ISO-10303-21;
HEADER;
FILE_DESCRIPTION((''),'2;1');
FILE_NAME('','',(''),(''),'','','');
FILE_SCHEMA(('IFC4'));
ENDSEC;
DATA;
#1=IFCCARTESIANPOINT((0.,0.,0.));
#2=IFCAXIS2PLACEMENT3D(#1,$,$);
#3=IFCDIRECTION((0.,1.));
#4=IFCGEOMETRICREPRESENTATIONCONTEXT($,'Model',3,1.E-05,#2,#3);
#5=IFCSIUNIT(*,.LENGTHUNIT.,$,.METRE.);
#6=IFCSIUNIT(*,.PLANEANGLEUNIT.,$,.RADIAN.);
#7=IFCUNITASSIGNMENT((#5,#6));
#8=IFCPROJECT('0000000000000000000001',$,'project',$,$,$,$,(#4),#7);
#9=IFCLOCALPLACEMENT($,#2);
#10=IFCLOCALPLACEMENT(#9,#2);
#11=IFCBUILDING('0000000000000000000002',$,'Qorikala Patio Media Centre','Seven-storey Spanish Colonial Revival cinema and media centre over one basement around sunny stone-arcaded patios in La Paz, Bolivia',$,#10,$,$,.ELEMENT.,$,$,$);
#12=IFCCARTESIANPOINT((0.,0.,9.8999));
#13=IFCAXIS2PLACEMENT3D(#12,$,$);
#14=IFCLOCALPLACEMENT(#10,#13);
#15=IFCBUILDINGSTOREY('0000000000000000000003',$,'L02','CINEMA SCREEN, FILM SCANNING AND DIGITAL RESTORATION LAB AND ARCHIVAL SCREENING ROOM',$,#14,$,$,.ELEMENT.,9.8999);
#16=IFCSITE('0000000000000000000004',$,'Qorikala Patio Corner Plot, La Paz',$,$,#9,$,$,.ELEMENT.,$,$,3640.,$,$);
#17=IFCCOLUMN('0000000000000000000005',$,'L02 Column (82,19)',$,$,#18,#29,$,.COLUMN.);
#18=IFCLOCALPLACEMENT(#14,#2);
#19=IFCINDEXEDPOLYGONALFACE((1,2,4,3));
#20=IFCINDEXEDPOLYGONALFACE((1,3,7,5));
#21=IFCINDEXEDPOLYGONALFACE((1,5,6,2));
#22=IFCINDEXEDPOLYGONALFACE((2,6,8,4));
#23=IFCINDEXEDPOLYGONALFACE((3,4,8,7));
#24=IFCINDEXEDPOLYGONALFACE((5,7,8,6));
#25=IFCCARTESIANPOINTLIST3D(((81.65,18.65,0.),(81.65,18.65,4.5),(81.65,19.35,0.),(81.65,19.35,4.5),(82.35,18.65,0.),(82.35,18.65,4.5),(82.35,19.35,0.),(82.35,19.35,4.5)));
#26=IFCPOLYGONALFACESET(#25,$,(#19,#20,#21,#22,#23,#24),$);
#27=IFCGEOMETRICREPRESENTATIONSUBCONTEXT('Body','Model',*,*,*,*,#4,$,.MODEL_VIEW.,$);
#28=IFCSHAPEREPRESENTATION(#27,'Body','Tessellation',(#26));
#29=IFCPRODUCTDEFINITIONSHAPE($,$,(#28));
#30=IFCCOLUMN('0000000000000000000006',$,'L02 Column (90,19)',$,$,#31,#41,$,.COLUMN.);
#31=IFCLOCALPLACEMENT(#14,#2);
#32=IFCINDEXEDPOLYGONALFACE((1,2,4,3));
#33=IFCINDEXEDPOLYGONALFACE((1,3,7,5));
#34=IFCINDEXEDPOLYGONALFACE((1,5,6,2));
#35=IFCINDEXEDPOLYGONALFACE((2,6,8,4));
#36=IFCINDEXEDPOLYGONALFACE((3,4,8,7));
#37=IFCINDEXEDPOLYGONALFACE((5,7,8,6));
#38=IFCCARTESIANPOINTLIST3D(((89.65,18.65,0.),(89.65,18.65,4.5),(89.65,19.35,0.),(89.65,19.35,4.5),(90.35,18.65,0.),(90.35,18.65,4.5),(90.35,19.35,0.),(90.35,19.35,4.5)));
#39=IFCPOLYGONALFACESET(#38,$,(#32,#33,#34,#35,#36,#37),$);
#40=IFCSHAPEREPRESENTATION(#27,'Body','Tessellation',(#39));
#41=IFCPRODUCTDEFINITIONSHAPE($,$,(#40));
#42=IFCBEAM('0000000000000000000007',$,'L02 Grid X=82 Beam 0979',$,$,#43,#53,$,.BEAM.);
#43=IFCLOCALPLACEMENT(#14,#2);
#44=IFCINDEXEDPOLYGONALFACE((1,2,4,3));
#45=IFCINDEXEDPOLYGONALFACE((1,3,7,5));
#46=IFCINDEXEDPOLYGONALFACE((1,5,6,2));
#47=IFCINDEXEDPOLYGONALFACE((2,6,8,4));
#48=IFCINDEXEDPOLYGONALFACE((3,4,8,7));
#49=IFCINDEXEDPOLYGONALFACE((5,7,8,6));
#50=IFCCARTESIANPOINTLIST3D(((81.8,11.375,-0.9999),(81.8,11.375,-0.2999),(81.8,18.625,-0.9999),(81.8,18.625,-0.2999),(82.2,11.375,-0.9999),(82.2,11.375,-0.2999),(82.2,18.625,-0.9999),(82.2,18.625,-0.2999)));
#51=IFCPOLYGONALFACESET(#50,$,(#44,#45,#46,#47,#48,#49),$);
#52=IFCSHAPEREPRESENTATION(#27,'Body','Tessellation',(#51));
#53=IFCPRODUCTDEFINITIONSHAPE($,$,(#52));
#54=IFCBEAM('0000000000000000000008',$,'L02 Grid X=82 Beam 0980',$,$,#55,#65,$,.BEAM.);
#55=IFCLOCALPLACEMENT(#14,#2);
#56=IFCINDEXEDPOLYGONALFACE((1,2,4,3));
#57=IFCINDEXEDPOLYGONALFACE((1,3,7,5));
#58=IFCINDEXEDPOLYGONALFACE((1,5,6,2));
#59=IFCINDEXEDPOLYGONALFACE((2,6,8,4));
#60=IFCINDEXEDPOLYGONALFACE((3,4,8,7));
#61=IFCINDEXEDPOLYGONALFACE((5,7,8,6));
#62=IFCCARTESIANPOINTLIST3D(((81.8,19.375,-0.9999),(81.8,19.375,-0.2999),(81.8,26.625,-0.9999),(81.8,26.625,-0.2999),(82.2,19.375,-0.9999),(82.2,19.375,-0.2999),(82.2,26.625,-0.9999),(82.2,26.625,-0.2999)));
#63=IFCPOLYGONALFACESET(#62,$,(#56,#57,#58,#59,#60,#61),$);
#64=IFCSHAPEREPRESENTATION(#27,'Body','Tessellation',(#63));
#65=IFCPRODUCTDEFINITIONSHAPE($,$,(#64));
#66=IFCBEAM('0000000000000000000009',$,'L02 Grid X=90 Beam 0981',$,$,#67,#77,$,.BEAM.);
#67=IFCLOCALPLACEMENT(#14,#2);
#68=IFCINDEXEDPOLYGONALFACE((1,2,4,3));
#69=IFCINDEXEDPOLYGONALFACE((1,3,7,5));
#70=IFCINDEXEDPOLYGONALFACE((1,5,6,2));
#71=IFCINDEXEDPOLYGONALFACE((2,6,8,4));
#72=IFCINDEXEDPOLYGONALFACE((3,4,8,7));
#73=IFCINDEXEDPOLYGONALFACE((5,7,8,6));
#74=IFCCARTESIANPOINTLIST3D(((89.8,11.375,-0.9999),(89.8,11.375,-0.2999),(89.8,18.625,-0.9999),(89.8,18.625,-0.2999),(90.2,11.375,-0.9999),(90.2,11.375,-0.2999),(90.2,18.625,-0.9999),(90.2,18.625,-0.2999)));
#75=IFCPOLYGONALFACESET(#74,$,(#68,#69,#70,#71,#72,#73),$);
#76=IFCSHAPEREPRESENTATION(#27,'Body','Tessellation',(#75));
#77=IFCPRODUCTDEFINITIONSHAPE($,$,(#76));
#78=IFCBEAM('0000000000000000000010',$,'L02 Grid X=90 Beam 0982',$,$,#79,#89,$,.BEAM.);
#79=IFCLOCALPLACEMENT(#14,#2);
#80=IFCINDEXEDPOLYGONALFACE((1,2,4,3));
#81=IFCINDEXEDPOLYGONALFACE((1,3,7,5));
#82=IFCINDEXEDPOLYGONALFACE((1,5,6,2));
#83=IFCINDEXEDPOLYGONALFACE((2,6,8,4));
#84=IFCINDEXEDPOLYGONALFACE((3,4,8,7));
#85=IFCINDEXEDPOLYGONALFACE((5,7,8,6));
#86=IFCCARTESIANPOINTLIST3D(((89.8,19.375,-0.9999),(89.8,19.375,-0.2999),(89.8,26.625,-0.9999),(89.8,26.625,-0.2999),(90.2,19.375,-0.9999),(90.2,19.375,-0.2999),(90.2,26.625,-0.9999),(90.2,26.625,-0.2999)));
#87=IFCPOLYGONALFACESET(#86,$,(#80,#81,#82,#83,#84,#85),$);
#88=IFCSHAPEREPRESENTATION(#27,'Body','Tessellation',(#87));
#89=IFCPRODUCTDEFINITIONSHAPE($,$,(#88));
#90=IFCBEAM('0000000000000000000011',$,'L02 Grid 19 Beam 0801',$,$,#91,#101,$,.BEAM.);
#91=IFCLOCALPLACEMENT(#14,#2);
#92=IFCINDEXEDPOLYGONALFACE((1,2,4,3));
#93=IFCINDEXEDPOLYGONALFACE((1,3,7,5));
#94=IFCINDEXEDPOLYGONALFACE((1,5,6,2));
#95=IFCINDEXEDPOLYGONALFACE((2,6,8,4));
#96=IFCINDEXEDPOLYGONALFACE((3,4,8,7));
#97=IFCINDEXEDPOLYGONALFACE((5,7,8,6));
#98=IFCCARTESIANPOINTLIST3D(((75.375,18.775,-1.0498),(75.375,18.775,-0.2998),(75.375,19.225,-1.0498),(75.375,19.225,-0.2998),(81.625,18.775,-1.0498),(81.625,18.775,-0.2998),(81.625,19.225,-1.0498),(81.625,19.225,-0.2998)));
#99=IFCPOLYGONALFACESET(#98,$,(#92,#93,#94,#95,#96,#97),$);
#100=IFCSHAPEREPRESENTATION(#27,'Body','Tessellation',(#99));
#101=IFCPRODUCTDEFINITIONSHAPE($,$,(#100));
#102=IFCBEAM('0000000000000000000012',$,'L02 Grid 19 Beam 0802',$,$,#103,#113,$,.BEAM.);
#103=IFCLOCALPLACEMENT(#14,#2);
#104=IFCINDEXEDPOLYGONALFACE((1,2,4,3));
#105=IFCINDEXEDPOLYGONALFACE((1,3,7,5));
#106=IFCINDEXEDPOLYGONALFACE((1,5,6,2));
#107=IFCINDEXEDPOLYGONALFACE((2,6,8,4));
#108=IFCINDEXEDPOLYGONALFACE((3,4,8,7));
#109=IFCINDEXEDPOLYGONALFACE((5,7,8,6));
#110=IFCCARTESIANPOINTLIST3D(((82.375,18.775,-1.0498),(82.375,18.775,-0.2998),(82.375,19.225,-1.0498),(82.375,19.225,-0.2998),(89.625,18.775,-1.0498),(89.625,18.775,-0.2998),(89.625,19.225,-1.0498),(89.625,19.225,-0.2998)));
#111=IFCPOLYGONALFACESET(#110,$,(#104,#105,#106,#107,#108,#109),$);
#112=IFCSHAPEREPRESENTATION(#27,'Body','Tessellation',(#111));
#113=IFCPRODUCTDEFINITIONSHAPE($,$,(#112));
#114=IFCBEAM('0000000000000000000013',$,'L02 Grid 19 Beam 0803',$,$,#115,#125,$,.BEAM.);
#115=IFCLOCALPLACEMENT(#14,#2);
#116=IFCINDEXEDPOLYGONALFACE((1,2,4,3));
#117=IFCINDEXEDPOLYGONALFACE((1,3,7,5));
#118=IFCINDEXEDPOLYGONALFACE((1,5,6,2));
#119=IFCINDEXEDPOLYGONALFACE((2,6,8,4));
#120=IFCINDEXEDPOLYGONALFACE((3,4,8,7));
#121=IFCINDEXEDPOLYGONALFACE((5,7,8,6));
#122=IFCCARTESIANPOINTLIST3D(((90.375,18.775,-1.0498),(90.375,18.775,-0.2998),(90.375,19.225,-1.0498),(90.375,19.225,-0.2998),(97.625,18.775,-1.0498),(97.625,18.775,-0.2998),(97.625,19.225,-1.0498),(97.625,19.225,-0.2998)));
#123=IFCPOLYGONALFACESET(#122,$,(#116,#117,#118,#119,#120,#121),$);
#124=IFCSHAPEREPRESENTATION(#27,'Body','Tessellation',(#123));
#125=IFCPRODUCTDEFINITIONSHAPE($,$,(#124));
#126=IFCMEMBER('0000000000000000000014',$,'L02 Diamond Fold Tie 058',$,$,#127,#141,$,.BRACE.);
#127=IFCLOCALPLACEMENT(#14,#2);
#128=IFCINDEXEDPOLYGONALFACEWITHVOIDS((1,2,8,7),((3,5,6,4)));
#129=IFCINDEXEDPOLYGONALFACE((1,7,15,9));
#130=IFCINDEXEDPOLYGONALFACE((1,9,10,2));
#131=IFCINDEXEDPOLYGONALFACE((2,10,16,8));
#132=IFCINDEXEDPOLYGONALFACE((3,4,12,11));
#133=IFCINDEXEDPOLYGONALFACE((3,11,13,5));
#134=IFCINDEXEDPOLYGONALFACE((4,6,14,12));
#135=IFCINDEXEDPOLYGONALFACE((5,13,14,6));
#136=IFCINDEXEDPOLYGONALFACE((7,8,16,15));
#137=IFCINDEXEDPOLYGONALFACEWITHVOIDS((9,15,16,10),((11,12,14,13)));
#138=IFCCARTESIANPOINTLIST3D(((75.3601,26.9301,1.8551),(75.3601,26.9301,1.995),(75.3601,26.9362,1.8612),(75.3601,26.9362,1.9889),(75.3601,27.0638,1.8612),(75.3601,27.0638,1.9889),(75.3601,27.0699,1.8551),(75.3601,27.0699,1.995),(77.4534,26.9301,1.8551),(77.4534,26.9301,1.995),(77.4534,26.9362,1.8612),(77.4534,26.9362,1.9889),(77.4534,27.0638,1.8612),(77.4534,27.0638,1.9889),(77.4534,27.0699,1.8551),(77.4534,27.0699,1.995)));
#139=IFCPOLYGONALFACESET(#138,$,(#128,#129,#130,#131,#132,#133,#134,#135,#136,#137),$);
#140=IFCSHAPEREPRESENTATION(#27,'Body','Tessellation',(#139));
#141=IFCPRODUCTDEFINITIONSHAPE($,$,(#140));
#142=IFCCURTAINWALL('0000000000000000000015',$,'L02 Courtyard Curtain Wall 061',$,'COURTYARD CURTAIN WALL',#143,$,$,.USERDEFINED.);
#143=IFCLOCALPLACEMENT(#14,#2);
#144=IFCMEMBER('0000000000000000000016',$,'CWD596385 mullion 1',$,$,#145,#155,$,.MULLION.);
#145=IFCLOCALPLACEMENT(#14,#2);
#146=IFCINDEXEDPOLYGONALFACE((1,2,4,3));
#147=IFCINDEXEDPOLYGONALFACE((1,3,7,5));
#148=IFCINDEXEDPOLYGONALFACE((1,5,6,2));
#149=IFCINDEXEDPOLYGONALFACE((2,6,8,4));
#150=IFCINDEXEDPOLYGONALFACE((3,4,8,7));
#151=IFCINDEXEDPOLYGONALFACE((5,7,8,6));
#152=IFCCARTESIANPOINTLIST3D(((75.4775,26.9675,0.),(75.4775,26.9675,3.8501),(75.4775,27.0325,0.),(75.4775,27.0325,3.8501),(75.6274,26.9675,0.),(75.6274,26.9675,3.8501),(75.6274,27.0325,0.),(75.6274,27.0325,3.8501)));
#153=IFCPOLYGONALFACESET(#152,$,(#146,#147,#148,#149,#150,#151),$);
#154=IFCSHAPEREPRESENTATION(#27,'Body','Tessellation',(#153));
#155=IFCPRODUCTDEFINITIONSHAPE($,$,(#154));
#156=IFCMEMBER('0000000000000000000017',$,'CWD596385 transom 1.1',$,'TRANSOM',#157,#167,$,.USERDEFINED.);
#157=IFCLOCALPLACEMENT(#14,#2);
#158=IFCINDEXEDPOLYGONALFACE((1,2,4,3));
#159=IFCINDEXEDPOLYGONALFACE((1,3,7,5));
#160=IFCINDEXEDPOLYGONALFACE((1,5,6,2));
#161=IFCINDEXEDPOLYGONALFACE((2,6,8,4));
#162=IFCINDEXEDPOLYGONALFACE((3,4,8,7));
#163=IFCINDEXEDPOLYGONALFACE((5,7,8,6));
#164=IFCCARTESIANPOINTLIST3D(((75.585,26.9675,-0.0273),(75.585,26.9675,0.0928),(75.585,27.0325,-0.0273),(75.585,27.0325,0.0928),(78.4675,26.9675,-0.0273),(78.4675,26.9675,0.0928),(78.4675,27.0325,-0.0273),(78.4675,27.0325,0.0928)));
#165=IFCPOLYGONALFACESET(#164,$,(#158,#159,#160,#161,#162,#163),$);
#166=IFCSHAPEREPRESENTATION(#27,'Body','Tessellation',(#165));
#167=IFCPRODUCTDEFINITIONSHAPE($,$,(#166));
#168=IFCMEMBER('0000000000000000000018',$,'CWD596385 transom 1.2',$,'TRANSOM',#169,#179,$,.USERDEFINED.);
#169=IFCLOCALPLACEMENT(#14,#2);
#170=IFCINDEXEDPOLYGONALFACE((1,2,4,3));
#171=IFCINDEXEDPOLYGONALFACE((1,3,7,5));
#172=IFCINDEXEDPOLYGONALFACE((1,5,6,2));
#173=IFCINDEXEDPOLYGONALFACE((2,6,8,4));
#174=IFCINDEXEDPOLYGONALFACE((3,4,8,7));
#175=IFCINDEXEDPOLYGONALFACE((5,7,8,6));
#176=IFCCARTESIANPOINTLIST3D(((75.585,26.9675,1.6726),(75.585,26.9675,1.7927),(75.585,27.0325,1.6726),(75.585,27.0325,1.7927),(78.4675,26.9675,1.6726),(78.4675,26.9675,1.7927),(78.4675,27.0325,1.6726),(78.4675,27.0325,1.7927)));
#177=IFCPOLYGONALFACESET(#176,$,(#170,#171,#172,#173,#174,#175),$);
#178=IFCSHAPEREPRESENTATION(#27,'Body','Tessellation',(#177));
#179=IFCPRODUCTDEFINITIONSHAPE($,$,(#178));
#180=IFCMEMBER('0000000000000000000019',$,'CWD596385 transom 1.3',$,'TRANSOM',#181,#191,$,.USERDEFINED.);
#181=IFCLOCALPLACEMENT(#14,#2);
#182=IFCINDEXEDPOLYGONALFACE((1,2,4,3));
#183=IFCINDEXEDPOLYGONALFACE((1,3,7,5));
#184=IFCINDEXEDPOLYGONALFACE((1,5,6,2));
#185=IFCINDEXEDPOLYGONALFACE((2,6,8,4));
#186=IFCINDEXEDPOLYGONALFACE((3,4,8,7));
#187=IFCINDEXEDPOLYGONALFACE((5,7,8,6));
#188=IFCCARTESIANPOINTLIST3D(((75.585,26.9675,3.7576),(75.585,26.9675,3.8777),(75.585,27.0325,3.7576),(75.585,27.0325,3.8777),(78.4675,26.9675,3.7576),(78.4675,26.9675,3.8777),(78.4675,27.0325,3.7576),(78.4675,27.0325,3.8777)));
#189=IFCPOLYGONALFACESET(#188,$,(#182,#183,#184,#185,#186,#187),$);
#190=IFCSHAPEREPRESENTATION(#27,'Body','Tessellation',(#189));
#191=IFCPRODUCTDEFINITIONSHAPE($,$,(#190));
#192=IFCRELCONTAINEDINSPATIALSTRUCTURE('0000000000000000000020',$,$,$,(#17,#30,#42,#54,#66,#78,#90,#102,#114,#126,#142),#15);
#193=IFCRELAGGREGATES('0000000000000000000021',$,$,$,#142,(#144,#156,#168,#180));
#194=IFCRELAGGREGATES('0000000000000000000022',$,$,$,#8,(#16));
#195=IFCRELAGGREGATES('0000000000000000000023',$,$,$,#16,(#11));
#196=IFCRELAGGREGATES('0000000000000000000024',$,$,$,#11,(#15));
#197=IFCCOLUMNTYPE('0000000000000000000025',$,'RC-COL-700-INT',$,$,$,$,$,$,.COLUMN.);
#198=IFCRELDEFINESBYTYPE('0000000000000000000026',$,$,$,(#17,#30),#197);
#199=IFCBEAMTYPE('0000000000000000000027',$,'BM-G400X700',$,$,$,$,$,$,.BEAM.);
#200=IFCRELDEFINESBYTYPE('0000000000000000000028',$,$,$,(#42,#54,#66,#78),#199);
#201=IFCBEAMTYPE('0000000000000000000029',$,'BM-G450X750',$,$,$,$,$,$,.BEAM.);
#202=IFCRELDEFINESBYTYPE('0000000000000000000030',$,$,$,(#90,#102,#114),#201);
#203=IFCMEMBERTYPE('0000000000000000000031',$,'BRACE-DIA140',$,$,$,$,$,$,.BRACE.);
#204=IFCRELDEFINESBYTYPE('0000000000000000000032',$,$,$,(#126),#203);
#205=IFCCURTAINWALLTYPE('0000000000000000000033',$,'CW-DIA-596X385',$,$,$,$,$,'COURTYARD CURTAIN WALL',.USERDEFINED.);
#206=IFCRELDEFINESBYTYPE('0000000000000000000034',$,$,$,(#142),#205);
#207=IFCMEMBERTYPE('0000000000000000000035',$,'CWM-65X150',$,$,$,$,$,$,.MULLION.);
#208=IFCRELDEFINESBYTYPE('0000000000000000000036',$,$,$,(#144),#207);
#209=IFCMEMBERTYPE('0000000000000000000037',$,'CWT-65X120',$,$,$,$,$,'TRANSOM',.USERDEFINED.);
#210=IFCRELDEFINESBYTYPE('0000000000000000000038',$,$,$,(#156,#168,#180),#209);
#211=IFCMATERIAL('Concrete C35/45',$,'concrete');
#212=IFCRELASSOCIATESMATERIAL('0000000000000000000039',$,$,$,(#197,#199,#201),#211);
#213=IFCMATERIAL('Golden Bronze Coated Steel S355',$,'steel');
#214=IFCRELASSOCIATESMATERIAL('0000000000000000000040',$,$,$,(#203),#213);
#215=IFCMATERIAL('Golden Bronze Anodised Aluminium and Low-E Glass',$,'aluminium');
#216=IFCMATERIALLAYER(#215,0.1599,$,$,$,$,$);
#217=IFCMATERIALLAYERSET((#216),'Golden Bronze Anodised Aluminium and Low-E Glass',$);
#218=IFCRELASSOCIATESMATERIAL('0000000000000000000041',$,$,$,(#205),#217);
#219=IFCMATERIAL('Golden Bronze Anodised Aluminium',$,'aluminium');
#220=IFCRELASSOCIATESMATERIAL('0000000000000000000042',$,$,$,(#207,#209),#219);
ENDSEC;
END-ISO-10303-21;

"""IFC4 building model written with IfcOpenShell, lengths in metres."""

from ifc_helpers import new_model, si_unit, direction, frame, origin, origin_2d, place, context, subcontext, project, spatial, rectangle, hollow_rectangle, extrude, material, layer, layer_set, material_profile, profile_set, type_object, element, aggregate, save


model = new_model("IFC4")

# Units and contexts
model_context = context("Model", 3, precision=1e-05, world=origin(), true_north=direction((0.0, 1.0)))
body_context = subcontext(model_context, "Body", "Model", "MODEL_VIEW")
ifc_project = project(units=[si_unit("LENGTHUNIT", "METRE"), si_unit("PLANEANGLEUNIT", "RADIAN")], contexts=[model_context])

# Site, building, storey
site_placement = place(None, origin())
site = spatial("IfcSite", under=ifc_project, at=site_placement, Name="Qorikala Patio Corner Plot, La Paz", CompositionType="ELEMENT", RefElevation=3640.0)
building_placement = place(site_placement, origin())
building = spatial("IfcBuilding", under=site, at=building_placement, Name="Qorikala Patio Media Centre", Description="Seven-storey Spanish Colonial Revival cinema and media centre over one basement around sunny stone-arcaded patios in La Paz, Bolivia", CompositionType="ELEMENT")
storey_placement = place(building_placement, frame((0.0, 0.0, 9.8999)))
storey = spatial("IfcBuildingStorey", under=building, at=storey_placement, Name="L02", Description="CINEMA SCREEN, FILM SCANNING AND DIGITAL RESTORATION LAB AND ARCHIVAL SCREENING ROOM", CompositionType="ELEMENT", Elevation=9.8999)

# Columns
ifc_material_1 = material(Name="Concrete C35/45", Category="concrete")
ifc_material_profile_1 = material_profile(ifc_material_1, rectangle(XDim=0.7, YDim=0.7, at=origin_2d()), Name="RC 700x700")
ifc_profile_set_1 = profile_set([ifc_material_profile_1], Name="Concrete C35/45")
column_type = type_object("IfcColumnType", Name="RC-COL-700-INT", PredefinedType="COLUMN", material=ifc_profile_set_1)
for number, where, z_axis, x_axis, name in (
    (1, (82.0, 19.0, 0.0), (0.0, 0.0, 1.0), (1.0, 0.0, 0.0), "L02 Column (82,19)"),
    (2, (90.0, 19.0, 0.0), (0.0, 0.0, 1.0), (1.0, 0.0, 0.0), "L02 Column (90,19)"),
):
    element("IfcColumn", number, at=place(storey_placement, frame(where, z_axis=z_axis, x_axis=x_axis)), inside=storey, type_object=column_type, Name=name, PredefinedType="COLUMN", context=body_context, shape_type="SweptSolid", body=[
        extrude(rectangle(XDim=0.7, YDim=0.7, at=origin_2d()), origin(), (0.0, 0.0, 1.0), 4.5),
    ])

# Beams
ifc_material_profile_2 = material_profile(ifc_material_1, rectangle(XDim=0.3999, YDim=0.7, at=origin_2d()), Name="RC 400x700")
ifc_profile_set_2 = profile_set([ifc_material_profile_2], Name="Concrete C35/45")
beam_type_1 = type_object("IfcBeamType", Name="BM-G400X700", PredefinedType="BEAM", material=ifc_profile_set_2)
for number, where, z_axis, x_axis, name in (
    (3, (82.0, 11.375, -0.6499), (0.0, 1.0, 0.0), (-1.0, 0.0, 0.0), "L02 Grid X=82 Beam 0979"),
    (4, (82.0, 19.375, -0.6499), (0.0, 1.0, 0.0), (-1.0, 0.0, 0.0), "L02 Grid X=82 Beam 0980"),
    (5, (90.0, 11.375, -0.6499), (0.0, 1.0, 0.0), (-1.0, 0.0, 0.0), "L02 Grid X=90 Beam 0981"),
    (6, (90.0, 19.375, -0.6499), (0.0, 1.0, 0.0), (-1.0, 0.0, 0.0), "L02 Grid X=90 Beam 0982"),
):
    element("IfcBeam", number, at=place(storey_placement, frame(where, z_axis=z_axis, x_axis=x_axis)), inside=storey, type_object=beam_type_1, Name=name, PredefinedType="BEAM", context=body_context, shape_type="SweptSolid", body=[
        extrude(rectangle(XDim=0.3999, YDim=0.7, at=origin_2d()), origin(), (0.0, 0.0, 1.0), 7.25),
    ])
ifc_material_profile_3 = material_profile(ifc_material_1, rectangle(XDim=0.45, YDim=0.75, at=origin_2d()), Name="RC 450x750")
ifc_profile_set_3 = profile_set([ifc_material_profile_3], Name="Concrete C35/45")
beam_type_2 = type_object("IfcBeamType", Name="BM-G450X750", PredefinedType="BEAM", material=ifc_profile_set_3)
beam_1_placement = place(storey_placement, frame((75.375, 19.0, -0.6748), z_axis=(1.0, 0.0, 0.0), x_axis=(0.0, 1.0, 0.0)))
element("IfcBeam", 7, at=beam_1_placement, inside=storey, type_object=beam_type_2, Name="L02 Grid 19 Beam 0801", PredefinedType="BEAM", context=body_context, shape_type="SweptSolid", body=[
    extrude(rectangle(XDim=0.45, YDim=0.75, at=origin_2d()), origin(), (0.0, 0.0, 1.0), 6.25),
])
for number, where, z_axis, x_axis, name in (
    (8, (82.375, 19.0, -0.6748), (1.0, 0.0, 0.0), (0.0, 1.0, 0.0), "L02 Grid 19 Beam 0802"),
    (9, (90.375, 19.0, -0.6748), (1.0, 0.0, 0.0), (0.0, 1.0, 0.0), "L02 Grid 19 Beam 0803"),
):
    element("IfcBeam", number, at=place(storey_placement, frame(where, z_axis=z_axis, x_axis=x_axis)), inside=storey, type_object=beam_type_2, Name=name, PredefinedType="BEAM", context=body_context, shape_type="SweptSolid", body=[
        extrude(rectangle(XDim=0.45, YDim=0.75, at=origin_2d()), origin(), (0.0, 0.0, 1.0), 7.25),
    ])

# Member
ifc_material_2 = material(Name="Golden Bronze Coated Steel S355", Category="steel")
ifc_material_profile_4 = material_profile(ifc_material_2, hollow_rectangle(XDim=0.1399, YDim=0.1399, WallThickness=0.0061, at=origin_2d()), Name="HSS140X140X6")
ifc_profile_set_4 = profile_set([ifc_material_profile_4], Name="Golden Bronze Coated Steel S355")
member_type_1 = type_object("IfcMemberType", Name="BRACE-DIA140", PredefinedType="BRACE", material=ifc_profile_set_4)
member_1_placement = place(storey_placement, frame((75.3601, 27.0, 1.925), z_axis=(1.0, 0.0, 0.0), x_axis=(0.0, 1.0, 0.0)))
element("IfcMember", 10, at=member_1_placement, inside=storey, type_object=member_type_1, Name="L02 Diamond Fold Tie 058", PredefinedType="BRACE", context=body_context, shape_type="SweptSolid", body=[
    extrude(hollow_rectangle(XDim=0.1399, YDim=0.1399, WallThickness=0.0061, at=origin_2d()), origin(), (0.0, 0.0, 1.0), 2.0933),
])

# Curtain wall, members
ifc_material_3 = material(Name="Golden Bronze Anodised Aluminium and Low-E Glass", Category="aluminium")
ifc_layer_1 = layer(ifc_material_3, 0.1599)
ifc_layer_set_1 = layer_set([ifc_layer_1], Name="Golden Bronze Anodised Aluminium and Low-E Glass")
curtain_wall_type = type_object("IfcCurtainWallType", Name="CW-DIA-596X385", ElementType="COURTYARD CURTAIN WALL", PredefinedType="USERDEFINED", material=ifc_layer_set_1)
curtain_wall_placement = place(storey_placement, origin())
curtain_wall = element("IfcCurtainWall", 11, at=curtain_wall_placement, inside=storey, type_object=curtain_wall_type, Name="L02 Courtyard Curtain Wall 061", ObjectType="COURTYARD CURTAIN WALL", PredefinedType="USERDEFINED")
ifc_material_4 = material(Name="Golden Bronze Anodised Aluminium", Category="aluminium")
ifc_material_profile_5 = material_profile(ifc_material_4, rectangle(XDim=0.0649, YDim=0.1499, at=origin_2d()), Name="ALU MULLION 65x150")
ifc_profile_set_5 = profile_set([ifc_material_profile_5], Name="Golden Bronze Anodised Aluminium")
member_type_2 = type_object("IfcMemberType", Name="CWM-65X150", PredefinedType="MULLION", material=ifc_profile_set_5)
member_2_placement = place(storey_placement, frame((75.5525, 27.0, 0.0), z_axis=(0.0, 0.0, 1.0), x_axis=(0.0, 1.0, 0.0)))
member_2 = element("IfcMember", 12, at=member_2_placement, type_object=member_type_2, Name="CWD596385 mullion 1", PredefinedType="MULLION", context=body_context, shape_type="SweptSolid", body=[
    extrude(rectangle(XDim=0.0649, YDim=0.1499, at=origin_2d()), origin(), (0.0, 0.0, 1.0), 3.8501),
])
ifc_material_profile_6 = material_profile(ifc_material_4, rectangle(XDim=0.0649, YDim=0.1201, at=origin_2d()), Name="ALU TRANSOM 65x120")
ifc_profile_set_6 = profile_set([ifc_material_profile_6], Name="Golden Bronze Anodised Aluminium")
member_type_3 = type_object("IfcMemberType", Name="CWT-65X120", ElementType="TRANSOM", PredefinedType="USERDEFINED", material=ifc_profile_set_6)
member_3_placement = place(storey_placement, frame((75.585, 27.0, 0.0327), z_axis=(1.0, 0.0, 0.0), x_axis=(0.0, 1.0, 0.0)))
member_3 = element("IfcMember", 13, at=member_3_placement, type_object=member_type_3, Name="CWD596385 transom 1.1", ObjectType="TRANSOM", PredefinedType="USERDEFINED", context=body_context, shape_type="SweptSolid", body=[
    extrude(rectangle(XDim=0.0649, YDim=0.1201, at=origin_2d()), origin(), (0.0, 0.0, 1.0), 2.8826),
])
member_4_placement = place(storey_placement, frame((75.585, 27.0, 1.7327), z_axis=(1.0, 0.0, 0.0), x_axis=(0.0, 1.0, 0.0)))
member_4 = element("IfcMember", 14, at=member_4_placement, type_object=member_type_3, Name="CWD596385 transom 1.2", ObjectType="TRANSOM", PredefinedType="USERDEFINED", context=body_context, shape_type="SweptSolid", body=[
    extrude(rectangle(XDim=0.0649, YDim=0.1201, at=origin_2d()), origin(), (0.0, 0.0, 1.0), 2.8826),
])
member_5_placement = place(storey_placement, frame((75.585, 27.0, 3.8176), z_axis=(1.0, 0.0, 0.0), x_axis=(0.0, 1.0, 0.0)))
member_5 = element("IfcMember", 15, at=member_5_placement, type_object=member_type_3, Name="CWD596385 transom 1.3", ObjectType="TRANSOM", PredefinedType="USERDEFINED", context=body_context, shape_type="SweptSolid", body=[
    extrude(rectangle(XDim=0.0649, YDim=0.1201, at=origin_2d()), origin(), (0.0, 0.0, 1.0), 2.8826),
])

aggregate(curtain_wall, [member_2, member_3, member_4, member_5])

save(model, "model.ifc")
